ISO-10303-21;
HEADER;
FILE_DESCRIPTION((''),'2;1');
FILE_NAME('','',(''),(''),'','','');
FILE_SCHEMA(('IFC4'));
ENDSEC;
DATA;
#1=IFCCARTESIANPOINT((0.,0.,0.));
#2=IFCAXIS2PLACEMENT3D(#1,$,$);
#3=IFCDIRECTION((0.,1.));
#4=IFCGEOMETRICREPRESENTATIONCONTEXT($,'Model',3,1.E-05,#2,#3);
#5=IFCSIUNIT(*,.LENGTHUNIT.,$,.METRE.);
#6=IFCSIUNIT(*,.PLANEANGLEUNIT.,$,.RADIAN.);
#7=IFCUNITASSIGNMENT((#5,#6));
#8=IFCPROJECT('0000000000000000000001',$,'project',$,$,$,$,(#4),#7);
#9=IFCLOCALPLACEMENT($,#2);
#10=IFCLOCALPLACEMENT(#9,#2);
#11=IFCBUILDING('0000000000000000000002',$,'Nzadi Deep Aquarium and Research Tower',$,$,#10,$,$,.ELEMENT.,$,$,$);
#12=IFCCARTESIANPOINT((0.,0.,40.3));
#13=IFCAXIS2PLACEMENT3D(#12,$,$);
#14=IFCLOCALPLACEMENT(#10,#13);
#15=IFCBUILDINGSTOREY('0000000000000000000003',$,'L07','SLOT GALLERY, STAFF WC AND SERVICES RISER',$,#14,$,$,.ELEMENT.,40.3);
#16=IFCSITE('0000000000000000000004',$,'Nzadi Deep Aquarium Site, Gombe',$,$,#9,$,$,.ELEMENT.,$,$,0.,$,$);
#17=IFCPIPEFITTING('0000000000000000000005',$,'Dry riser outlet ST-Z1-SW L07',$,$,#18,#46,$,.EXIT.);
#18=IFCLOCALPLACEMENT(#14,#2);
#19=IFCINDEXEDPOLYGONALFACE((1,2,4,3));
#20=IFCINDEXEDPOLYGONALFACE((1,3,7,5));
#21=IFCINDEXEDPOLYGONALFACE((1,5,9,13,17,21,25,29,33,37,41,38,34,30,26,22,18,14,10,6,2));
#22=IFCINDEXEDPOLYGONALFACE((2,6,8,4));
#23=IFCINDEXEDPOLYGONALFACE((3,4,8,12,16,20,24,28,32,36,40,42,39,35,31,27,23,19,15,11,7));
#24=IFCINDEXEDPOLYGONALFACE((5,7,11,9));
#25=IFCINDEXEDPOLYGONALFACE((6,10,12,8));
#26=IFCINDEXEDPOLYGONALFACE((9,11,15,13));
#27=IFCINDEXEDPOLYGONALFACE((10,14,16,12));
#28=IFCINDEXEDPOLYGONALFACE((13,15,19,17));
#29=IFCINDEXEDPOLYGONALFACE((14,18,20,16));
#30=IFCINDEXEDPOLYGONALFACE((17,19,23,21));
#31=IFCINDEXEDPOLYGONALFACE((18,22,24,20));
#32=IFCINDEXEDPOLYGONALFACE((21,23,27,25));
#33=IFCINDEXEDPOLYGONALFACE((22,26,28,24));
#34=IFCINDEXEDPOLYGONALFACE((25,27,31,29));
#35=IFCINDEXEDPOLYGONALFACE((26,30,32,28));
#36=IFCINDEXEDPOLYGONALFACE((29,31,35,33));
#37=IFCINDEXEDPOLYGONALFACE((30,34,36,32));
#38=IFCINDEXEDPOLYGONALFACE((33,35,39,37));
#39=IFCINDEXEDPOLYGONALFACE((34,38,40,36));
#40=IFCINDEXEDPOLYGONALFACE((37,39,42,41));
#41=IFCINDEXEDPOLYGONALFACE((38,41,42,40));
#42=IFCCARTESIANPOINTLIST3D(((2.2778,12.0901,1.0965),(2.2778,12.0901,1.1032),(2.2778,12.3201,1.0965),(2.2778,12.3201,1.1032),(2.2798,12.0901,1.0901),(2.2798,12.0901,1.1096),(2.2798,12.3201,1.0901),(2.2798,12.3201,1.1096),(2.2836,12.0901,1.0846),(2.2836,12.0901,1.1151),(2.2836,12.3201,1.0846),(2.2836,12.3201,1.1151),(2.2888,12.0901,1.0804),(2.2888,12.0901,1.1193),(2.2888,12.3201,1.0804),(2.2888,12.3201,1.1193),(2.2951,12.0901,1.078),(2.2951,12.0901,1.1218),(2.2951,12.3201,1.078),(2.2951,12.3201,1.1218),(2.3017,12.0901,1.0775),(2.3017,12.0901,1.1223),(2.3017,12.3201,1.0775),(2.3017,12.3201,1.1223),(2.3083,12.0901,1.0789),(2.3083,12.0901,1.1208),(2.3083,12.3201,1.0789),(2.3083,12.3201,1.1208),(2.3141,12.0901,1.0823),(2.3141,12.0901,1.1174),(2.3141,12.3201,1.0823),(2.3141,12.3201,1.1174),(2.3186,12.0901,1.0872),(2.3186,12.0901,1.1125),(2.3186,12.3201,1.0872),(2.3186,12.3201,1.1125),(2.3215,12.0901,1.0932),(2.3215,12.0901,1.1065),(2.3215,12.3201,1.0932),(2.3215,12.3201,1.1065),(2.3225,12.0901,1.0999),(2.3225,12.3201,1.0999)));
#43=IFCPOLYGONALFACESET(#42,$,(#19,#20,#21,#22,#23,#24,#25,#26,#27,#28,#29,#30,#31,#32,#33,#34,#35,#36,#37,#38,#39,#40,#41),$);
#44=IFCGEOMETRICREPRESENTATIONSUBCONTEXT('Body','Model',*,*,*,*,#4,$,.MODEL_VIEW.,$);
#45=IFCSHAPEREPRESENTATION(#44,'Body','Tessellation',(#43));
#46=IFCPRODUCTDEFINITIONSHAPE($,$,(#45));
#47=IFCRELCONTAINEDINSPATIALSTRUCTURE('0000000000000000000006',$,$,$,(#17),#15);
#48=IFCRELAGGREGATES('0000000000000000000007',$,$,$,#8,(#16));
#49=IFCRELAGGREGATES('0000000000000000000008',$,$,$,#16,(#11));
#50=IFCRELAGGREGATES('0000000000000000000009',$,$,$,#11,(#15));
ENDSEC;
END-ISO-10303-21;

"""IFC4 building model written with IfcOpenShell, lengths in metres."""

from ifc_helpers import new_model, si_unit, direction, frame, origin, origin_2d, place, context, subcontext, project, spatial, circle, extrude, element, save


model = new_model("IFC4")

# Units and contexts
model_context = context("Model", 3, precision=1e-05, world=origin(), true_north=direction((0.0, 1.0)))
body_context = subcontext(model_context, "Body", "Model", "MODEL_VIEW")
ifc_project = project(units=[si_unit("LENGTHUNIT", "METRE"), si_unit("PLANEANGLEUNIT", "RADIAN")], contexts=[model_context])

# Site, building, storey
site_placement = place(None, origin())
site = spatial("IfcSite", under=ifc_project, at=site_placement, Name="Nzadi Deep Aquarium Site, Gombe", CompositionType="ELEMENT", RefElevation=0.0)
building_placement = place(site_placement, origin())
building = spatial("IfcBuilding", under=site, at=building_placement, Name="Nzadi Deep Aquarium and Research Tower", CompositionType="ELEMENT")
storey_placement = place(building_placement, frame((0.0, 0.0, 40.3)))
storey = spatial("IfcBuildingStorey", under=building, at=storey_placement, Name="L07", Description="SLOT GALLERY, STAFF WC AND SERVICES RISER", CompositionType="ELEMENT", Elevation=40.3)

# Pipe fitting
pipe_fitting_placement = place(storey_placement, frame((2.3, 12.3201, 1.0999), z_axis=(0.0, -1.0, 0.0), x_axis=(1.0, 0.0, 0.0)))
element("IfcPipeFitting", 1, at=pipe_fitting_placement, inside=storey, Name="Dry riser outlet ST-Z1-SW L07", PredefinedType="EXIT", context=body_context, shape_type="SweptSolid", body=[
    extrude(circle(Radius=0.0225, at=origin_2d()), origin(), (0.0, 0.0, 1.0), 0.23),
])

save(model, "model.ifc")
